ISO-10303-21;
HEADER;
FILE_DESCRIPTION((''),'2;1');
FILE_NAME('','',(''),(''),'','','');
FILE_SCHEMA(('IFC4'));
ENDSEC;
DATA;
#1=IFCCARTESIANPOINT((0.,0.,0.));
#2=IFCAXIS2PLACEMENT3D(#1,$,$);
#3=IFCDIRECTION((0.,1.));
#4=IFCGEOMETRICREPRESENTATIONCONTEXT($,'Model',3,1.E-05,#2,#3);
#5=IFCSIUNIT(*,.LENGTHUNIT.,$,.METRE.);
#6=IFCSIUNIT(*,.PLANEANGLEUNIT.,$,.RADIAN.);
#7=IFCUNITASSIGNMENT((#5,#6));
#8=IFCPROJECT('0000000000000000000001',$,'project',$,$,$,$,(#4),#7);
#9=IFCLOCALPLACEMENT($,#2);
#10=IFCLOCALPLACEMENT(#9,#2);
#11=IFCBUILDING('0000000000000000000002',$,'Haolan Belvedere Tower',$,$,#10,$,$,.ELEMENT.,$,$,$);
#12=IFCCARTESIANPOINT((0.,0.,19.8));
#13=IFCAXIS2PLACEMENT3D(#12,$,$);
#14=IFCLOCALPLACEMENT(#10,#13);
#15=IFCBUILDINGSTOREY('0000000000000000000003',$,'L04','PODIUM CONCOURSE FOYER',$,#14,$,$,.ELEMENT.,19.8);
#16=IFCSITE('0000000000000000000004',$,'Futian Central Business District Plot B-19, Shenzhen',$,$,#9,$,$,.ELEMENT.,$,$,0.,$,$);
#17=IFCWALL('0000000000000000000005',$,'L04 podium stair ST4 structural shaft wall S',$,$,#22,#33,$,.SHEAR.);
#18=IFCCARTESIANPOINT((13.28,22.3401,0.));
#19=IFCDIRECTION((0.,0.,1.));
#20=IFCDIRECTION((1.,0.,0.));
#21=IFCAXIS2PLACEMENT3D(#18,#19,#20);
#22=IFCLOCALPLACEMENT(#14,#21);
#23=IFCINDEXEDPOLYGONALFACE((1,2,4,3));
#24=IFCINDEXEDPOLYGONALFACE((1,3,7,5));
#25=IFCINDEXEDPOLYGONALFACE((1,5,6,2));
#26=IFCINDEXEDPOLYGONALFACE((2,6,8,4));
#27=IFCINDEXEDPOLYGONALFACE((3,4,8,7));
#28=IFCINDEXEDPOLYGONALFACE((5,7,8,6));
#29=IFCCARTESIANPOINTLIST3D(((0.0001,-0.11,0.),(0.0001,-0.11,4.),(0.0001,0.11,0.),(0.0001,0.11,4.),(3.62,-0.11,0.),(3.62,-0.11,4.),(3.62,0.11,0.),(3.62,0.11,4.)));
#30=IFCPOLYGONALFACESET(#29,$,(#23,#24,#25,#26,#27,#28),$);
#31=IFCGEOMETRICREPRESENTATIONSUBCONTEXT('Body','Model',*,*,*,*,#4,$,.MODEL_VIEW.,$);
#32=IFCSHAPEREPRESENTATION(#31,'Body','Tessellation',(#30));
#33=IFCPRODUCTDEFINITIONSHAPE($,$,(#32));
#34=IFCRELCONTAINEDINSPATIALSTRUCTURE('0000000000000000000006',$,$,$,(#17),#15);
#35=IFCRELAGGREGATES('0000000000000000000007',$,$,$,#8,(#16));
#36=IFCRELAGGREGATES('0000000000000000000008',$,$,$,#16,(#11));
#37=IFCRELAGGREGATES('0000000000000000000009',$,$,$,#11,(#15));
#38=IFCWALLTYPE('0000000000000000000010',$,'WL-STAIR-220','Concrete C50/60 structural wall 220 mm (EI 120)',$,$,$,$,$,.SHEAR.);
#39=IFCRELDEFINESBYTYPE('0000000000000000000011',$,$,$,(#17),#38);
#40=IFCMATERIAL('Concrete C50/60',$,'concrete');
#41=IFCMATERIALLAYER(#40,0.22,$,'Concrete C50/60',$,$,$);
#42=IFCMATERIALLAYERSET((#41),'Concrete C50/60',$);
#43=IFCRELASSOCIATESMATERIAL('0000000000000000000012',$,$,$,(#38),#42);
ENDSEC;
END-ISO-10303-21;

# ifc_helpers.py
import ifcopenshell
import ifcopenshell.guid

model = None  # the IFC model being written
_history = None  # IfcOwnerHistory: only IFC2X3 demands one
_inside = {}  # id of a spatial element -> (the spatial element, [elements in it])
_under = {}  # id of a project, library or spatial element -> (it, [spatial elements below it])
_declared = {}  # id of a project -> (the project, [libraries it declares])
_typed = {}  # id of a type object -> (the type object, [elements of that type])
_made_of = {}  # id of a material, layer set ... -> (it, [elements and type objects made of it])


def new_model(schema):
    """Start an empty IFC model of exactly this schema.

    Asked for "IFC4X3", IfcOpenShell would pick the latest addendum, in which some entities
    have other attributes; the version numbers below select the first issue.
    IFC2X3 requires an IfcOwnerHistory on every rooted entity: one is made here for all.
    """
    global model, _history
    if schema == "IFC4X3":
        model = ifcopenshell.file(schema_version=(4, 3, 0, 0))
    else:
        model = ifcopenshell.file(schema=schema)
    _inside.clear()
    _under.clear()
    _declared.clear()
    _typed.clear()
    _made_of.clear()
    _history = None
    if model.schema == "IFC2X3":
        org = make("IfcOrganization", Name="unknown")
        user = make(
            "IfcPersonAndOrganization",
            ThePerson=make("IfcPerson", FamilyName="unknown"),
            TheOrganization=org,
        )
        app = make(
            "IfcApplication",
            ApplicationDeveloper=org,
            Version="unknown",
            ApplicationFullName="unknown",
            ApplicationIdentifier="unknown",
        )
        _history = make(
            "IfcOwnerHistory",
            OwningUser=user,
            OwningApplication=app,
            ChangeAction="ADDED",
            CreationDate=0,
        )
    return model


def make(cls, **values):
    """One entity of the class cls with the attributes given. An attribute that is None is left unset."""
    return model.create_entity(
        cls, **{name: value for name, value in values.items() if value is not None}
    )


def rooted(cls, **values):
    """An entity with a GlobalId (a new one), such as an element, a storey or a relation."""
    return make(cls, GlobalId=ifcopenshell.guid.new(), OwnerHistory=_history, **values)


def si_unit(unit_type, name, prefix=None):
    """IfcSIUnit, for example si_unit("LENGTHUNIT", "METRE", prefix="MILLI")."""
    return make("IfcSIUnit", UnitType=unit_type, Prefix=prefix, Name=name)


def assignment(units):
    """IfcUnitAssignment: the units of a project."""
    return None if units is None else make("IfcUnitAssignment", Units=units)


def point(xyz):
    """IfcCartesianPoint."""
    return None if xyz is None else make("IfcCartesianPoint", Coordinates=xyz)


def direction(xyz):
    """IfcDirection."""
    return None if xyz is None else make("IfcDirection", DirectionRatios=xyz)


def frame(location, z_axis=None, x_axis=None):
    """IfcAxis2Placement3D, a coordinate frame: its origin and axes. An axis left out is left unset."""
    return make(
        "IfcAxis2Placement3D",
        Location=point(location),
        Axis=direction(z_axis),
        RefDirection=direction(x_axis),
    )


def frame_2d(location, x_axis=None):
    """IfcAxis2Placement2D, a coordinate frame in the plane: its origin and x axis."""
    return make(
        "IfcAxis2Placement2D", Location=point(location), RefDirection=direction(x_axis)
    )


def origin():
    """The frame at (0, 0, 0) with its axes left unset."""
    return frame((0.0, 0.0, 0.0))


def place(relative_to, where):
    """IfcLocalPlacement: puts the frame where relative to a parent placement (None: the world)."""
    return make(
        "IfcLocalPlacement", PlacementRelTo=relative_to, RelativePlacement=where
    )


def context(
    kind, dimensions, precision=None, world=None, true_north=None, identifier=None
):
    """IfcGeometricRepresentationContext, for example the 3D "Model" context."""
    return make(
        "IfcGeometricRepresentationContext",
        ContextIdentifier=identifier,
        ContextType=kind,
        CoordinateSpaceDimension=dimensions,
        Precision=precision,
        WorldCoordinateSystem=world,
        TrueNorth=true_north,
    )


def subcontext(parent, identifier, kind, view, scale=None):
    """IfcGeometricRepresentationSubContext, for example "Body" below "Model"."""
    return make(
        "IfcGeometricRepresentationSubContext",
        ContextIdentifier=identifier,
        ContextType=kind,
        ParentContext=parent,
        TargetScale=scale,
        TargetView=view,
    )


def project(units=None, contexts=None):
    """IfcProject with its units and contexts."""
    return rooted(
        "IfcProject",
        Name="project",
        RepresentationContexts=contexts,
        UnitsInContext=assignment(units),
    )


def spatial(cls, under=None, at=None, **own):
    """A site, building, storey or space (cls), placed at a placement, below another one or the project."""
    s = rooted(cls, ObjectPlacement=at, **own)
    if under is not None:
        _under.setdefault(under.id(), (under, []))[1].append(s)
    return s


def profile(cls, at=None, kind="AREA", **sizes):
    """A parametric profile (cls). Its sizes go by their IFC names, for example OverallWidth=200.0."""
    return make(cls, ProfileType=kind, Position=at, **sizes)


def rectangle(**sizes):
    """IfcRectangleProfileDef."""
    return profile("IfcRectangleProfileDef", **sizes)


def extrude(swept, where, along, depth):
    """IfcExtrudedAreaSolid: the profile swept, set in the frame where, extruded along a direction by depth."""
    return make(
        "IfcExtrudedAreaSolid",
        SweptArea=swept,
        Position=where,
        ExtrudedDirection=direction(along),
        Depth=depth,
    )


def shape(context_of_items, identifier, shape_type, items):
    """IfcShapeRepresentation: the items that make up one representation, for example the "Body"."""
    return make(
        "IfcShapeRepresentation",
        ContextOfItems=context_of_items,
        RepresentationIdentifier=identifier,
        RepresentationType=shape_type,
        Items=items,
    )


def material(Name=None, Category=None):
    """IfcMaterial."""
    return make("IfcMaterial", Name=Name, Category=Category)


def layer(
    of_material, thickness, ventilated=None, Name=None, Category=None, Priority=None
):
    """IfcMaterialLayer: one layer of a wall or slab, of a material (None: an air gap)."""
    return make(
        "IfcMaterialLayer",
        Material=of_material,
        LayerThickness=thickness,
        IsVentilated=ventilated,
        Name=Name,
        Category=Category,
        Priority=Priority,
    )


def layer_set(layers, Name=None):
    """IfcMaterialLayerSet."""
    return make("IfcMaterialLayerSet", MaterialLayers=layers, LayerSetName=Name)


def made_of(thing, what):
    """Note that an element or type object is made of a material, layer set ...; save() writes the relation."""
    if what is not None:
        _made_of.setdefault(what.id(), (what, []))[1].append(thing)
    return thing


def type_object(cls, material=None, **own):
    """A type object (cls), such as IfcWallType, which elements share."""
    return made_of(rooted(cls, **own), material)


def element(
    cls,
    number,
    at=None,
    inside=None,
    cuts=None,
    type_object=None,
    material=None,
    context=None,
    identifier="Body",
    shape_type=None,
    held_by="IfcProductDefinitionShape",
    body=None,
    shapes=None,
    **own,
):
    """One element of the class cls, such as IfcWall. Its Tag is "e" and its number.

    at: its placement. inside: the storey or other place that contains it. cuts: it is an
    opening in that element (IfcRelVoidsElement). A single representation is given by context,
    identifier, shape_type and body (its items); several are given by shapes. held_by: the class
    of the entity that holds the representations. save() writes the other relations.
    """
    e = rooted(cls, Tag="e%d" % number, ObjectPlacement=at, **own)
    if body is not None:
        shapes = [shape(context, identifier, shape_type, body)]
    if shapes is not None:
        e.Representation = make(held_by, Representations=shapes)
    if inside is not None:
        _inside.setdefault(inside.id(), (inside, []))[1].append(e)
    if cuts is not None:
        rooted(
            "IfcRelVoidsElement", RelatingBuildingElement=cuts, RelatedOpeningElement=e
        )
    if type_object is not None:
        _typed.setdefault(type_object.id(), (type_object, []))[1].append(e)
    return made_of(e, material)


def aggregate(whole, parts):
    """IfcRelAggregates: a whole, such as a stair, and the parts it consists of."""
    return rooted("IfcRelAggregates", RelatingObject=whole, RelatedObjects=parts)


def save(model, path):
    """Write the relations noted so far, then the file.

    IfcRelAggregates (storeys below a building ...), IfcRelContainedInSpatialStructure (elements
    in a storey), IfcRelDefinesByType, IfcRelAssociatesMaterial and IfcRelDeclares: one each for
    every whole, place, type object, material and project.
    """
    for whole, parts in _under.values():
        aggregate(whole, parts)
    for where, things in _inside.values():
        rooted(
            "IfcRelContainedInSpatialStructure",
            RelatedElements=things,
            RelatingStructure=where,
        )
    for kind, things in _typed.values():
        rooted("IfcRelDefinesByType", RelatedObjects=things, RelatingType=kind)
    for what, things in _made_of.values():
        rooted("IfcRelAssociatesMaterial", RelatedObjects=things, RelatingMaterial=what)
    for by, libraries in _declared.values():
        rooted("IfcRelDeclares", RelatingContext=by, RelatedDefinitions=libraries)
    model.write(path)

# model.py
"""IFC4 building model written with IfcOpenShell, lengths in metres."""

from ifc_helpers import new_model, si_unit, direction, frame, frame_2d, origin, place, context, subcontext, project, spatial, rectangle, extrude, material, layer, layer_set, type_object, element, save


model = new_model("IFC4")

# Units and contexts
model_context = context("Model", 3, precision=1e-05, world=origin(), true_north=direction((0.0, 1.0)))
body_context = subcontext(model_context, "Body", "Model", "MODEL_VIEW")
ifc_project = project(units=[si_unit("LENGTHUNIT", "METRE"), si_unit("PLANEANGLEUNIT", "RADIAN")], contexts=[model_context])

# Site, building, storey
site_placement = place(None, origin())
site = spatial("IfcSite", under=ifc_project, at=site_placement, Name="Futian Central Business District Plot B-19, Shenzhen", CompositionType="ELEMENT", RefElevation=0.0)
building_placement = place(site_placement, origin())
building = spatial("IfcBuilding", under=site, at=building_placement, Name="Haolan Belvedere Tower", CompositionType="ELEMENT")
storey_placement = place(building_placement, frame((0.0, 0.0, 19.8)))
storey = spatial("IfcBuildingStorey", under=building, at=storey_placement, Name="L04", Description="PODIUM CONCOURSE FOYER", CompositionType="ELEMENT", Elevation=19.8)

# Shared definitions
ifc_material_1 = material(Name="Concrete C50/60", Category="concrete")

# Wall
ifc_layer_1 = layer(ifc_material_1, 0.22, Name="Concrete C50/60")
ifc_layer_set_1 = layer_set([ifc_layer_1], Name="Concrete C50/60")
wall_type_1 = type_object("IfcWallType", Name="WL-STAIR-220", Description="Concrete C50/60 structural wall 220 mm (EI 120)", PredefinedType="SHEAR", material=ifc_layer_set_1)
wall_1_placement = place(storey_placement, frame((13.28, 22.3401, 0.0), z_axis=(0.0, 0.0, 1.0), x_axis=(1.0, 0.0, 0.0)))
element("IfcWall", 1, at=wall_1_placement, inside=storey, type_object=wall_type_1, Name="L04 podium stair ST4 structural shaft wall S", PredefinedType="SHEAR", context=body_context, shape_type="SweptSolid", body=[
    extrude(rectangle(XDim=3.6199, YDim=0.22, at=frame_2d((1.8101, 0.0))), origin(), (0.0, 0.0, 1.0), 4.0),
])

save(model, "model.ifc")
